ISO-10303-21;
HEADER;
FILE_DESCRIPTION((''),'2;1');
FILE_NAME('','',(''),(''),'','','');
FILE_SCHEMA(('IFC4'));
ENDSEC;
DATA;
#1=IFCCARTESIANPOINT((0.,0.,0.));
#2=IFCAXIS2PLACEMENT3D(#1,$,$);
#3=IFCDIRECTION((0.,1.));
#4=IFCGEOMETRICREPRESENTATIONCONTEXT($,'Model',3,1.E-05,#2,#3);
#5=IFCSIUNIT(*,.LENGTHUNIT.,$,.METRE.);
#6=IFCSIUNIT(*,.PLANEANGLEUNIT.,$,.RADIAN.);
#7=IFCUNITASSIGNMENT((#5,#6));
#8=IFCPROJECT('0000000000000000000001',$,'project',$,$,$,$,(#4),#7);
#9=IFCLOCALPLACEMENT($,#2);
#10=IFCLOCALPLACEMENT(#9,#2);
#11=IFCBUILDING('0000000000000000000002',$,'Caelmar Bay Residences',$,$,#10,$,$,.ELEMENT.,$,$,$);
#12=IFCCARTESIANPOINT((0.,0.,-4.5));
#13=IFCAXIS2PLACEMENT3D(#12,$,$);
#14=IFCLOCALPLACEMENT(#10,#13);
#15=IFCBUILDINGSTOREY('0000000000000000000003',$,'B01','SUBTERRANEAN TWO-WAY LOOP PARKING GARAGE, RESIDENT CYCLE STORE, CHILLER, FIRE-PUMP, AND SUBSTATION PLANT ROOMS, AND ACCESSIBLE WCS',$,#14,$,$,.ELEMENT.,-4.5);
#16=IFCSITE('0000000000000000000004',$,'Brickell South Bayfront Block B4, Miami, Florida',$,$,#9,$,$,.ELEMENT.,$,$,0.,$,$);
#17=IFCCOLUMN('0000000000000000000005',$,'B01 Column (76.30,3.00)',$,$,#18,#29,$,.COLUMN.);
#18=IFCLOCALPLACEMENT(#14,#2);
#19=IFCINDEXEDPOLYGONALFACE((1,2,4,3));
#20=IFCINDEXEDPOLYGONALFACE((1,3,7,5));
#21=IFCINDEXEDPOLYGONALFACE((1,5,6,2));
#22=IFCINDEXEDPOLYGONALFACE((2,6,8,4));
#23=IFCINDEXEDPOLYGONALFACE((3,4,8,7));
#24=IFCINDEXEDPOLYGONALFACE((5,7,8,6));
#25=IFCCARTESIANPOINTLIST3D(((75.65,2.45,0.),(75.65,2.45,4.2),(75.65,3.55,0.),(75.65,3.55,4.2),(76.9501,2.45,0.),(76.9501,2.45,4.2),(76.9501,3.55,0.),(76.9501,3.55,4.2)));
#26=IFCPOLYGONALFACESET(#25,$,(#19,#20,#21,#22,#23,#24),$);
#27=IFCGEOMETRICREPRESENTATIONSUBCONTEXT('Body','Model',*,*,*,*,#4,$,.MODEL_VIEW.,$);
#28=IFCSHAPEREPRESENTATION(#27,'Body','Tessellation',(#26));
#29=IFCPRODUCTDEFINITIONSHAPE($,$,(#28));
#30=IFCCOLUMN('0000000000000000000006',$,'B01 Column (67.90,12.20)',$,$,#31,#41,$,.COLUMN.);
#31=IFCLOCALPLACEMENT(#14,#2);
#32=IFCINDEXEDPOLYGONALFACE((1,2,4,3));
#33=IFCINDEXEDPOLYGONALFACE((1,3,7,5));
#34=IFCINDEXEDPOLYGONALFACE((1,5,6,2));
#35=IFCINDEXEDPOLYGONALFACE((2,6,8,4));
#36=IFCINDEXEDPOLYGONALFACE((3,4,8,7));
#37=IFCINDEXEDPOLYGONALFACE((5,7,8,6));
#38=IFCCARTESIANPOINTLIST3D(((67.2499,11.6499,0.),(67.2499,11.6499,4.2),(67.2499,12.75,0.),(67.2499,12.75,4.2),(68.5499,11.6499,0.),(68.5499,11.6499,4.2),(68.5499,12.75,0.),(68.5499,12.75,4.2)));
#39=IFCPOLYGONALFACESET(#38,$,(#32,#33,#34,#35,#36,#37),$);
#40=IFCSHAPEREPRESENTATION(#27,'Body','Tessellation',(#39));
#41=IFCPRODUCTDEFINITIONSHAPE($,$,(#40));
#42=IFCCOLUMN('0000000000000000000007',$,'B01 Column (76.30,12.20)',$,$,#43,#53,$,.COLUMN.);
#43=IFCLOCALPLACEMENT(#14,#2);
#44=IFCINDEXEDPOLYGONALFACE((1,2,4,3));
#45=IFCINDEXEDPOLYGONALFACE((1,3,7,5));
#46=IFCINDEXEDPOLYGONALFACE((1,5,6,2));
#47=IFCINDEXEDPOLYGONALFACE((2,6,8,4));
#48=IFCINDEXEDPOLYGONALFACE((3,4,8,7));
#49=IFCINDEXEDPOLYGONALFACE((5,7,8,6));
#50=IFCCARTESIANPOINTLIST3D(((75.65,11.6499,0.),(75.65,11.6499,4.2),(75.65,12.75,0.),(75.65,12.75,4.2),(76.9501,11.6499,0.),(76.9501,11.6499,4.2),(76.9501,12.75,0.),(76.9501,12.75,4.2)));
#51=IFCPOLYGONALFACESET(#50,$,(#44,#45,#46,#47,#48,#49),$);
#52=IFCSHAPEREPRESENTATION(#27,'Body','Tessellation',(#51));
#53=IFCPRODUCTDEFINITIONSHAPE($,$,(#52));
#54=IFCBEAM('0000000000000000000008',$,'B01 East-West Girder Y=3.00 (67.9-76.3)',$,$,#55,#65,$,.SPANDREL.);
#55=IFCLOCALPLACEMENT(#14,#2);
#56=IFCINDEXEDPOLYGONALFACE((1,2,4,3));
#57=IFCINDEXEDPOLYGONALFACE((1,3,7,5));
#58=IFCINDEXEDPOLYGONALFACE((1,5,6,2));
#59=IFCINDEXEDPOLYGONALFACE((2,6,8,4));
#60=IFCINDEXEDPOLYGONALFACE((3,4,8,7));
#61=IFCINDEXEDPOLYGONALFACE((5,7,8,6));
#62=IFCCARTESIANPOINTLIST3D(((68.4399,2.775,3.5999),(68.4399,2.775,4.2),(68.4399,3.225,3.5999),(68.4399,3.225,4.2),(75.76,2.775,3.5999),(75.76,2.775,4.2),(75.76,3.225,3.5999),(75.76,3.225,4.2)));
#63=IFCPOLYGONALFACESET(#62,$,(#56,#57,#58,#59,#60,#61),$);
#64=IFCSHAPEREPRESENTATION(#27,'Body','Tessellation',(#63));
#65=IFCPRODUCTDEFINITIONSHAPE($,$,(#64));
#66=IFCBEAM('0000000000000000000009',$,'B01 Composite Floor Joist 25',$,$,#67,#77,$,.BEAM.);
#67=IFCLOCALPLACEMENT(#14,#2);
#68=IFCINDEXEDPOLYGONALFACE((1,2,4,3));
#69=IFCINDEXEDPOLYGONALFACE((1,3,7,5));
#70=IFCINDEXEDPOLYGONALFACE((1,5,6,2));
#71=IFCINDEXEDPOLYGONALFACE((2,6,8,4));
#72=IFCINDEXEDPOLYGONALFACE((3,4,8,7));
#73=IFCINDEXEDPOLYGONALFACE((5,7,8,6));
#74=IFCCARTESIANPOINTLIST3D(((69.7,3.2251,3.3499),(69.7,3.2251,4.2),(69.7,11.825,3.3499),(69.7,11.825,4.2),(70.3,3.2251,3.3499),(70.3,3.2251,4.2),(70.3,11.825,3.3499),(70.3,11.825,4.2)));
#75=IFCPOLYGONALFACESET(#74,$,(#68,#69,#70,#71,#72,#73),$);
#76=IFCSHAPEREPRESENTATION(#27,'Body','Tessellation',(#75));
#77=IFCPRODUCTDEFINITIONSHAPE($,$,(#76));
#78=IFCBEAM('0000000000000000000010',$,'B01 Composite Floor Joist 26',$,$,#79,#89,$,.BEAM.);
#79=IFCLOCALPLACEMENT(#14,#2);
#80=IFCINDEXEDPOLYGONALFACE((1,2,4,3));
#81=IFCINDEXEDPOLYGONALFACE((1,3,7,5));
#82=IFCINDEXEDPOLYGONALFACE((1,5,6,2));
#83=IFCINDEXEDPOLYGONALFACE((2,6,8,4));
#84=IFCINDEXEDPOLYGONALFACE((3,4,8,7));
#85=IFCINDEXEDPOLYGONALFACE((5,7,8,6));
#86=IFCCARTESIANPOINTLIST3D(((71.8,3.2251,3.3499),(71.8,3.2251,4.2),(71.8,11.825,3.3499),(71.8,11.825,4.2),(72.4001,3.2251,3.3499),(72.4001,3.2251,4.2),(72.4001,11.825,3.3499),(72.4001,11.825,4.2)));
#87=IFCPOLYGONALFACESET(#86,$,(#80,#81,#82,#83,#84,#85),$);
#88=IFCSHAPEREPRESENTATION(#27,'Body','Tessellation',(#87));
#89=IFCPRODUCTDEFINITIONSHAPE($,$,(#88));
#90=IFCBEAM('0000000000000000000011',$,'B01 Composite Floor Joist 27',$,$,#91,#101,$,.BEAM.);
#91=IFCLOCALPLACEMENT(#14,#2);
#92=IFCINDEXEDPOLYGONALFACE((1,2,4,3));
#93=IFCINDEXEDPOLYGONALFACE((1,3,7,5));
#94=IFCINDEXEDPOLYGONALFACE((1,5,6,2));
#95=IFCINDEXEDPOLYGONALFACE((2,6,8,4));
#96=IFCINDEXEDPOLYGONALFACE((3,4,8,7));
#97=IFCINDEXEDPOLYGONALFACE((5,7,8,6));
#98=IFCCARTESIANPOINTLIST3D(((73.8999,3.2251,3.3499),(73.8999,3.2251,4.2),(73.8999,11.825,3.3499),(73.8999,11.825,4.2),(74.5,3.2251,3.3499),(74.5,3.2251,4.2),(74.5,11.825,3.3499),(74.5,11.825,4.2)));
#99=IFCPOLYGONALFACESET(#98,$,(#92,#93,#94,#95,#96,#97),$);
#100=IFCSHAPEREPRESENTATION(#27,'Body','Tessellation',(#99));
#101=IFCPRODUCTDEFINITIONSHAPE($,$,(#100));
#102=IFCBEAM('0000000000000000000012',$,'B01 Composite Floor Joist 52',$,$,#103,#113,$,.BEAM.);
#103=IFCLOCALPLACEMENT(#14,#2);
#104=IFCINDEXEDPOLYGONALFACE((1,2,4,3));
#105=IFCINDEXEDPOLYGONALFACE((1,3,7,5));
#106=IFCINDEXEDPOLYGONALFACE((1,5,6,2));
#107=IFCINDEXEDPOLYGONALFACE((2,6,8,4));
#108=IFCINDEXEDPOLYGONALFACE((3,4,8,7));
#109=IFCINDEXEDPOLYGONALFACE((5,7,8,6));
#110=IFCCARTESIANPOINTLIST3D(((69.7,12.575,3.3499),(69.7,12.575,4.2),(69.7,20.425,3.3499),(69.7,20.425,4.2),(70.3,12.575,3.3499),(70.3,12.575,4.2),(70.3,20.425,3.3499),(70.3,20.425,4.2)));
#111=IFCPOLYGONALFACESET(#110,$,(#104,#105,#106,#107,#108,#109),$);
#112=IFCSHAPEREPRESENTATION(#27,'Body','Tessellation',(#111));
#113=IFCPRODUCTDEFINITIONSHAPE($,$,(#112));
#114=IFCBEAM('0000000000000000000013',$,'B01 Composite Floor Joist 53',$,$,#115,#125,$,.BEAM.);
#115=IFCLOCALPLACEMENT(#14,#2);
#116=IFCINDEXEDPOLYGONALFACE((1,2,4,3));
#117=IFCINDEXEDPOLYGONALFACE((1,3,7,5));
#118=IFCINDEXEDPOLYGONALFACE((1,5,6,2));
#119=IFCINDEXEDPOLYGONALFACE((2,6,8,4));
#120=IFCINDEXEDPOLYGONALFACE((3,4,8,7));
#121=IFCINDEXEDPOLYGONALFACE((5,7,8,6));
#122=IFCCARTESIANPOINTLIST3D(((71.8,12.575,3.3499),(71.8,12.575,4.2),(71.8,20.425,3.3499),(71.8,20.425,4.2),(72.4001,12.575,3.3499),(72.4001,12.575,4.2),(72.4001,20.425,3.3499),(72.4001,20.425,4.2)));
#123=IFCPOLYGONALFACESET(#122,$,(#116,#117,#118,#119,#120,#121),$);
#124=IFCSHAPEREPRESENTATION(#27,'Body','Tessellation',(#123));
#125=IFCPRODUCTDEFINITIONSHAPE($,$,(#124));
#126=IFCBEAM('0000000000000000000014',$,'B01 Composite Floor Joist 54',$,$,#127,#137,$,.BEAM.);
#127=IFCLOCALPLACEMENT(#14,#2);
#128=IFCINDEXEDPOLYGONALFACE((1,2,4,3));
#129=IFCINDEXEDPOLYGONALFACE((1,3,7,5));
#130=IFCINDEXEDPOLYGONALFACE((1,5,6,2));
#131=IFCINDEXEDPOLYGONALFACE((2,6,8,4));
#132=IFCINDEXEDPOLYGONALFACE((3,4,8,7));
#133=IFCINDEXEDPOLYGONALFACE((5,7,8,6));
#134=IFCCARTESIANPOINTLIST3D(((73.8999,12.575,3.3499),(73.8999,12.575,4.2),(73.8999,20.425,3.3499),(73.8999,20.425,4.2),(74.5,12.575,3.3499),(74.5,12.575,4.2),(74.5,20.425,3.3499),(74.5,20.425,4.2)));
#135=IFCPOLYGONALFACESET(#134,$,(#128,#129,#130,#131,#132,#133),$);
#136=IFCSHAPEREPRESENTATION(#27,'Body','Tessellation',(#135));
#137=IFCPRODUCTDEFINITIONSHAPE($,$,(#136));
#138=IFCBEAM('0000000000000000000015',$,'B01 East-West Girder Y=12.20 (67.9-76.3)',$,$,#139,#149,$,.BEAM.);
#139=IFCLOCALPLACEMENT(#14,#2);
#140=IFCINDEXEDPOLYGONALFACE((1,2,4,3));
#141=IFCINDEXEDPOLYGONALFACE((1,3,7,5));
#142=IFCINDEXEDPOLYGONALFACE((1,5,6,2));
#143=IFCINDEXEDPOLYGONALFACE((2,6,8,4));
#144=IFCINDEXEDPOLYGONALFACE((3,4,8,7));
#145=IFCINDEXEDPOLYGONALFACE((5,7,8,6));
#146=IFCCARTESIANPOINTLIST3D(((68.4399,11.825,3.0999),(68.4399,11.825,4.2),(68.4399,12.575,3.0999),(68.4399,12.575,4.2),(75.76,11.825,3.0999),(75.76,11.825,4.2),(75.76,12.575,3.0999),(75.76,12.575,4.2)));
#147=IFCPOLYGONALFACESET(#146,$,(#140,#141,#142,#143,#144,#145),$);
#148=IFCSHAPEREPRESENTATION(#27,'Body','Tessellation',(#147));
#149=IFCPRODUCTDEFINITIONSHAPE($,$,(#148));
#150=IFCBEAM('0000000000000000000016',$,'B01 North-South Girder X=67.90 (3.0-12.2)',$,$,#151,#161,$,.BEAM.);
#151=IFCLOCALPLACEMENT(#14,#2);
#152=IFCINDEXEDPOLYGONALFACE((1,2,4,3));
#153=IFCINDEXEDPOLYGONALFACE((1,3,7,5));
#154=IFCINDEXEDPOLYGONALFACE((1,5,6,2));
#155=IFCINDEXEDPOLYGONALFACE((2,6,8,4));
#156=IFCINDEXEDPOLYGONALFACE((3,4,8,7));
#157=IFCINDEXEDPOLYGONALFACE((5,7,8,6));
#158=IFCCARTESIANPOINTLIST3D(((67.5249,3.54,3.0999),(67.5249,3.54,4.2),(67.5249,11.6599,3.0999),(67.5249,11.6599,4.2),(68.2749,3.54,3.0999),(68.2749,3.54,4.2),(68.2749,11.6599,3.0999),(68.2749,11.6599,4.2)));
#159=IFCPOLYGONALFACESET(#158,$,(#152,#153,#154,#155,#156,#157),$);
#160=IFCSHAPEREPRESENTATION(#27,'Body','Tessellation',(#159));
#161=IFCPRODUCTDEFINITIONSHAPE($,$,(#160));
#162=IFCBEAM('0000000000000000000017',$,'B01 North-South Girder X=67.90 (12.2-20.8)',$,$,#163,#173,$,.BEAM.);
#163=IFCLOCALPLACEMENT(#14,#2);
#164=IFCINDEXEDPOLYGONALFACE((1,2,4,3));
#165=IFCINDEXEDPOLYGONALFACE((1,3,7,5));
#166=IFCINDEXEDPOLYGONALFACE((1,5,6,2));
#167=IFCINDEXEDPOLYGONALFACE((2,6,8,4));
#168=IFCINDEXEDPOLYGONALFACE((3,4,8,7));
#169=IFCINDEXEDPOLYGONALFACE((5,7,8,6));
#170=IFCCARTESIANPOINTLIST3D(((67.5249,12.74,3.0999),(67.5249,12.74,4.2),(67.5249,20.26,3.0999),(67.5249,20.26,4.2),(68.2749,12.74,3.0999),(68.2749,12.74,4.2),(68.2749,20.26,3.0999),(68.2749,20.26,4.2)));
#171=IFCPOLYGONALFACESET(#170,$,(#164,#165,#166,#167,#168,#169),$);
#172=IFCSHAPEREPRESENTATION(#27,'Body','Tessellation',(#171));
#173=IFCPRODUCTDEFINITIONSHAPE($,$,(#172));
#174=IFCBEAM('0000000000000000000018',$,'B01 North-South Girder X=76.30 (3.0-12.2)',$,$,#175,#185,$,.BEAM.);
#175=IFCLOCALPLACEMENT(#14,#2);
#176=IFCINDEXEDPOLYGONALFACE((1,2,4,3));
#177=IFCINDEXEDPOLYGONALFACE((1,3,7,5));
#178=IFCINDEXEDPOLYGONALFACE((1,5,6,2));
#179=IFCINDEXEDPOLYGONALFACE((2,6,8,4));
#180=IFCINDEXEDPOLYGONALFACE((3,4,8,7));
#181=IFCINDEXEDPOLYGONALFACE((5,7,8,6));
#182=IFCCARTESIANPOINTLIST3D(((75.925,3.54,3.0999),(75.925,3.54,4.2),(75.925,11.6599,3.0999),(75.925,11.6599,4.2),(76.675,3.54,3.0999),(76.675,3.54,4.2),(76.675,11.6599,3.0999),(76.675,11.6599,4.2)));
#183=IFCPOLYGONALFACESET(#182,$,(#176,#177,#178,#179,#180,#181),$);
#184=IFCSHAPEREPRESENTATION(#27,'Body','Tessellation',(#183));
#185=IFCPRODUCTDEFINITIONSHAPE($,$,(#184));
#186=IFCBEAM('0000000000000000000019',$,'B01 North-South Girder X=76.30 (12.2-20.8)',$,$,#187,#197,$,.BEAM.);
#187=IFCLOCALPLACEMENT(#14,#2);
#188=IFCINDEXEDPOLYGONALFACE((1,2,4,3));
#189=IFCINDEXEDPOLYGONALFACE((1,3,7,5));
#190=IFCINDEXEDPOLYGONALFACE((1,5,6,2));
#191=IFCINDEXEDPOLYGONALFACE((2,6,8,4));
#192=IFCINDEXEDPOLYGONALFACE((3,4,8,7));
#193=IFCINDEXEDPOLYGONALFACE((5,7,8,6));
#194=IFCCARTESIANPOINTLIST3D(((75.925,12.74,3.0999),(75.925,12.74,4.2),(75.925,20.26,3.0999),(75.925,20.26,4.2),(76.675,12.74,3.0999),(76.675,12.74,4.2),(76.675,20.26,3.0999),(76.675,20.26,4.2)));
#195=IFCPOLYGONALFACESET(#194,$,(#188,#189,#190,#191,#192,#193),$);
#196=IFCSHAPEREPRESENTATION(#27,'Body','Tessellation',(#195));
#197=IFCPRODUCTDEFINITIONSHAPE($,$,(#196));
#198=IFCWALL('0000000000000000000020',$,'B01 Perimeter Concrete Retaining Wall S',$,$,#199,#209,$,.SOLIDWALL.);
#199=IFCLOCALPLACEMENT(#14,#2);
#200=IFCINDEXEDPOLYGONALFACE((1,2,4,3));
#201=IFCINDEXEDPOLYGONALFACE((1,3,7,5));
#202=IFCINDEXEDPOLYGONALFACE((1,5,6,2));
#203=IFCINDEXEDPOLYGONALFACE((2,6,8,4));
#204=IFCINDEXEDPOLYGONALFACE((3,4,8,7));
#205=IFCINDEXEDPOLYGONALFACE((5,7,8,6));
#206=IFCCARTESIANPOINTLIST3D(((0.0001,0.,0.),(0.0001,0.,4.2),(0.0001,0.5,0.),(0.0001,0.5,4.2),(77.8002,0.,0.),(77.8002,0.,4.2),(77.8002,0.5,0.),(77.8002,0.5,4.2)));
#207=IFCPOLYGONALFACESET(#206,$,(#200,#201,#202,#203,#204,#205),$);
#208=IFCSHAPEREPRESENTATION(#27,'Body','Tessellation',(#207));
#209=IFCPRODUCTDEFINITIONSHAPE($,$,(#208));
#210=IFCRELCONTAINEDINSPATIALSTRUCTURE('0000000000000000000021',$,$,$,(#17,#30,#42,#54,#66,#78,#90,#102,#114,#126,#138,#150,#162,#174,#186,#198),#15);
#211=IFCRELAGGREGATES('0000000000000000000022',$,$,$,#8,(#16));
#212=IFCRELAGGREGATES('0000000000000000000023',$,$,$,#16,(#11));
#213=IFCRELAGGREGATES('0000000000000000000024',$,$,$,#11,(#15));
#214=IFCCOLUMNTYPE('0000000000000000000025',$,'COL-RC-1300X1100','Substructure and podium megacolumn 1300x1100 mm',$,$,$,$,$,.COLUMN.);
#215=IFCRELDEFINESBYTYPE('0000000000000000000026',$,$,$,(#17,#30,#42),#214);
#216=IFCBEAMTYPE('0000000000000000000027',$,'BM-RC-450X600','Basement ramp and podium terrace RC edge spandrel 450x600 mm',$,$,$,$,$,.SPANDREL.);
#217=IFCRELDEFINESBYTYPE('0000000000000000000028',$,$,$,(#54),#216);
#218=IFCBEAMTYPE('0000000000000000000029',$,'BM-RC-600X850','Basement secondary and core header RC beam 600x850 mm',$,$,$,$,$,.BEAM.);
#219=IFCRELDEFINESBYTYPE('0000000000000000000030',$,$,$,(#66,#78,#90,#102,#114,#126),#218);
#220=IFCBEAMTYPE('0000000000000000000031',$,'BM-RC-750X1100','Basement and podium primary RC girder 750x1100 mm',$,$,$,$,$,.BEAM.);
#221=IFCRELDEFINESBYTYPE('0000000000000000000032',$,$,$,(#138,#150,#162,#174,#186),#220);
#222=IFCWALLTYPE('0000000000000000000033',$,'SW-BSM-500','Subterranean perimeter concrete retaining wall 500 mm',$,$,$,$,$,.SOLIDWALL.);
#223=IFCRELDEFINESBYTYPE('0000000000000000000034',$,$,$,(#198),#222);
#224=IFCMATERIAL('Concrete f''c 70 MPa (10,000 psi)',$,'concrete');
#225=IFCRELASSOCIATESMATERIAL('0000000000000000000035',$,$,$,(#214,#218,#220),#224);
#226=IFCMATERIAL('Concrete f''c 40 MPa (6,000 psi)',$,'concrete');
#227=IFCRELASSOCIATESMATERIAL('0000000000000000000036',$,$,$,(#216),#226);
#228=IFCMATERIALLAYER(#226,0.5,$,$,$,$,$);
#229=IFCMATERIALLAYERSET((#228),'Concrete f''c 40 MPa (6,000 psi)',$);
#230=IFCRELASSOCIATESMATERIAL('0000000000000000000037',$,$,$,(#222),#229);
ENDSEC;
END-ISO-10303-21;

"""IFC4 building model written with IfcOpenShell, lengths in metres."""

from ifc_helpers import new_model, si_unit, direction, frame, frame_2d, origin, origin_2d, place, context, subcontext, project, spatial, rectangle, extrude, material, layer, layer_set, material_profile, profile_set, type_object, element, save


model = new_model("IFC4")

# Units and contexts
model_context = context("Model", 3, precision=1e-05, world=origin(), true_north=direction((0.0, 1.0)))
body_context = subcontext(model_context, "Body", "Model", "MODEL_VIEW")
ifc_project = project(units=[si_unit("LENGTHUNIT", "METRE"), si_unit("PLANEANGLEUNIT", "RADIAN")], contexts=[model_context])

# Site, building, storey
site_placement = place(None, origin())
site = spatial("IfcSite", under=ifc_project, at=site_placement, Name="Brickell South Bayfront Block B4, Miami, Florida", CompositionType="ELEMENT", RefElevation=0.0)
building_placement = place(site_placement, origin())
building = spatial("IfcBuilding", under=site, at=building_placement, Name="Caelmar Bay Residences", CompositionType="ELEMENT")
storey_placement = place(building_placement, frame((0.0, 0.0, -4.5)))
storey = spatial("IfcBuildingStorey", under=building, at=storey_placement, Name="B01", Description="SUBTERRANEAN TWO-WAY LOOP PARKING GARAGE, RESIDENT CYCLE STORE, CHILLER, FIRE-PUMP, AND SUBSTATION PLANT ROOMS, AND ACCESSIBLE WCS", CompositionType="ELEMENT", Elevation=-4.5)

# Columns
ifc_material_1 = material(Name="Concrete f'c 70 MPa (10,000 psi)", Category="concrete")
ifc_material_profile_1 = material_profile(ifc_material_1, rectangle(XDim=1.3, YDim=1.1001, at=origin_2d()), Name="RC-COL-1300X1100")
ifc_profile_set_1 = profile_set([ifc_material_profile_1], Name="Concrete f'c 70 MPa (10,000 psi)")
column_type = type_object("IfcColumnType", Name="COL-RC-1300X1100", Description="Substructure and podium megacolumn 1300x1100 mm", PredefinedType="COLUMN", material=ifc_profile_set_1)
for number, where, z_axis, x_axis, name in (
    (1, (76.3, 3.0, 0.0), (0.0, 0.0, 1.0), (1.0, 0.0, 0.0), "B01 Column (76.30,3.00)"),
    (2, (67.8999, 12.2, 0.0), (0.0, 0.0, 1.0), (1.0, 0.0, 0.0), "B01 Column (67.90,12.20)"),
    (3, (76.3, 12.2, 0.0), (0.0, 0.0, 1.0), (1.0, 0.0, 0.0), "B01 Column (76.30,12.20)"),
):
    element("IfcColumn", number, at=place(storey_placement, frame(where, z_axis=z_axis, x_axis=x_axis)), inside=storey, type_object=column_type, Name=name, PredefinedType="COLUMN", context=body_context, shape_type="SweptSolid", body=[
        extrude(rectangle(XDim=1.3, YDim=1.1001, at=origin_2d()), origin(), (0.0, 0.0, 1.0), 4.2),
    ])

# Beams
ifc_material_2 = material(Name="Concrete f'c 40 MPa (6,000 psi)", Category="concrete")
ifc_material_profile_2 = material_profile(ifc_material_2, rectangle(XDim=0.45, YDim=0.6001, at=origin_2d()), Name="RC-BM-450X600")
ifc_profile_set_2 = profile_set([ifc_material_profile_2], Name="Concrete f'c 40 MPa (6,000 psi)")
beam_type_1 = type_object("IfcBeamType", Name="BM-RC-450X600", Description="Basement ramp and podium terrace RC edge spandrel 450x600 mm", PredefinedType="SPANDREL", material=ifc_profile_set_2)
beam_1_placement = place(storey_placement, frame((68.4399, 3.0, 3.8999), z_axis=(1.0, 0.0, 0.0), x_axis=(0.0, 1.0, 0.0)))
element("IfcBeam", 4, at=beam_1_placement, inside=storey, type_object=beam_type_1, Name="B01 East-West Girder Y=3.00 (67.9-76.3)", PredefinedType="SPANDREL", context=body_context, shape_type="SweptSolid", body=[
    extrude(rectangle(XDim=0.45, YDim=0.6001, at=origin_2d()), origin(), (0.0, 0.0, 1.0), 7.3201),
])
ifc_material_profile_3 = material_profile(ifc_material_1, rectangle(XDim=0.6001, YDim=0.8501, at=origin_2d()), Name="RC-BM-600X850")
ifc_profile_set_3 = profile_set([ifc_material_profile_3], Name="Concrete f'c 70 MPa (10,000 psi)")
beam_type_2 = type_object("IfcBeamType", Name="BM-RC-600X850", Description="Basement secondary and core header RC beam 600x850 mm", PredefinedType="BEAM", material=ifc_profile_set_3)
for number, where, z_axis, x_axis, name in (
    (5, (70.0, 3.2251, 3.7749), (0.0, 1.0, 0.0), (-1.0, 0.0, 0.0), "B01 Composite Floor Joist 25"),
    (6, (72.1001, 3.2251, 3.7749), (0.0, 1.0, 0.0), (-1.0, 0.0, 0.0), "B01 Composite Floor Joist 26"),
    (7, (74.2, 3.2251, 3.7749), (0.0, 1.0, 0.0), (-1.0, 0.0, 0.0), "B01 Composite Floor Joist 27"),
):
    element("IfcBeam", number, at=place(storey_placement, frame(where, z_axis=z_axis, x_axis=x_axis)), inside=storey, type_object=beam_type_2, Name=name, PredefinedType="BEAM", context=body_context, shape_type="SweptSolid", body=[
        extrude(rectangle(XDim=0.6001, YDim=0.8501, at=origin_2d()), origin(), (0.0, 0.0, 1.0), 8.5999),
    ])
for number, where, z_axis, x_axis, name in (
    (8, (70.0, 12.575, 3.7749), (0.0, 1.0, 0.0), (-1.0, 0.0, 0.0), "B01 Composite Floor Joist 52"),
    (9, (72.1001, 12.575, 3.7749), (0.0, 1.0, 0.0), (-1.0, 0.0, 0.0), "B01 Composite Floor Joist 53"),
    (10, (74.2, 12.575, 3.7749), (0.0, 1.0, 0.0), (-1.0, 0.0, 0.0), "B01 Composite Floor Joist 54"),
):
    element("IfcBeam", number, at=place(storey_placement, frame(where, z_axis=z_axis, x_axis=x_axis)), inside=storey, type_object=beam_type_2, Name=name, PredefinedType="BEAM", context=body_context, shape_type="SweptSolid", body=[
        extrude(rectangle(XDim=0.6001, YDim=0.8501, at=origin_2d()), origin(), (0.0, 0.0, 1.0), 7.8501),
    ])
ifc_material_profile_4 = material_profile(ifc_material_1, rectangle(XDim=0.75, YDim=1.1001, at=origin_2d()), Name="RC-BM-750X1100")
ifc_profile_set_4 = profile_set([ifc_material_profile_4], Name="Concrete f'c 70 MPa (10,000 psi)")
beam_type_3 = type_object("IfcBeamType", Name="BM-RC-750X1100", Description="Basement and podium primary RC girder 750x1100 mm", PredefinedType="BEAM", material=ifc_profile_set_4)
beam_2_placement = place(storey_placement, frame((68.4399, 12.2, 3.6499), z_axis=(1.0, 0.0, 0.0), x_axis=(0.0, 1.0, 0.0)))
element("IfcBeam", 11, at=beam_2_placement, inside=storey, type_object=beam_type_3, Name="B01 East-West Girder Y=12.20 (67.9-76.3)", PredefinedType="BEAM", context=body_context, shape_type="SweptSolid", body=[
    extrude(rectangle(XDim=0.75, YDim=1.1001, at=origin_2d()), origin(), (0.0, 0.0, 1.0), 7.3201),
])
beam_3_placement = place(storey_placement, frame((67.8999, 3.54, 3.6499), z_axis=(0.0, 1.0, 0.0), x_axis=(-1.0, 0.0, 0.0)))
element("IfcBeam", 12, at=beam_3_placement, inside=storey, type_object=beam_type_3, Name="B01 North-South Girder X=67.90 (3.0-12.2)", PredefinedType="BEAM", context=body_context, shape_type="SweptSolid", body=[
    extrude(rectangle(XDim=0.75, YDim=1.1001, at=origin_2d()), origin(), (0.0, 0.0, 1.0), 8.1199),
])
beam_4_placement = place(storey_placement, frame((67.8999, 12.74, 3.6499), z_axis=(0.0, 1.0, 0.0), x_axis=(-1.0, 0.0, 0.0)))
element("IfcBeam", 13, at=beam_4_placement, inside=storey, type_object=beam_type_3, Name="B01 North-South Girder X=67.90 (12.2-20.8)", PredefinedType="BEAM", context=body_context, shape_type="SweptSolid", body=[
    extrude(rectangle(XDim=0.75, YDim=1.1001, at=origin_2d()), origin(), (0.0, 0.0, 1.0), 7.52),
])
beam_5_placement = place(storey_placement, frame((76.3, 3.54, 3.6499), z_axis=(0.0, 1.0, 0.0), x_axis=(-1.0, 0.0, 0.0)))
element("IfcBeam", 14, at=beam_5_placement, inside=storey, type_object=beam_type_3, Name="B01 North-South Girder X=76.30 (3.0-12.2)", PredefinedType="BEAM", context=body_context, shape_type="SweptSolid", body=[
    extrude(rectangle(XDim=0.75, YDim=1.1001, at=origin_2d()), origin(), (0.0, 0.0, 1.0), 8.1199),
])
beam_6_placement = place(storey_placement, frame((76.3, 12.74, 3.6499), z_axis=(0.0, 1.0, 0.0), x_axis=(-1.0, 0.0, 0.0)))
element("IfcBeam", 15, at=beam_6_placement, inside=storey, type_object=beam_type_3, Name="B01 North-South Girder X=76.30 (12.2-20.8)", PredefinedType="BEAM", context=body_context, shape_type="SweptSolid", body=[
    extrude(rectangle(XDim=0.75, YDim=1.1001, at=origin_2d()), origin(), (0.0, 0.0, 1.0), 7.52),
])

# Wall
ifc_layer = layer(ifc_material_2, 0.5)
ifc_layer_set = layer_set([ifc_layer], Name="Concrete f'c 40 MPa (6,000 psi)")
wall_type = type_object("IfcWallType", Name="SW-BSM-500", Description="Subterranean perimeter concrete retaining wall 500 mm", PredefinedType="SOLIDWALL", material=ifc_layer_set)
wall_placement = place(storey_placement, frame((77.8, 0.25, 0.0), z_axis=(0.0, 0.0, 1.0), x_axis=(-1.0, 0.0, 0.0)))
element("IfcWall", 16, at=wall_placement, inside=storey, type_object=wall_type, Name="B01 Perimeter Concrete Retaining Wall S", PredefinedType="SOLIDWALL", context=body_context, shape_type="SweptSolid", body=[
    extrude(rectangle(XDim=77.8, YDim=0.5, at=frame_2d((38.8999, 0.0))), origin(), (0.0, 0.0, 1.0), 4.2),
])

save(model, "model.ifc")
